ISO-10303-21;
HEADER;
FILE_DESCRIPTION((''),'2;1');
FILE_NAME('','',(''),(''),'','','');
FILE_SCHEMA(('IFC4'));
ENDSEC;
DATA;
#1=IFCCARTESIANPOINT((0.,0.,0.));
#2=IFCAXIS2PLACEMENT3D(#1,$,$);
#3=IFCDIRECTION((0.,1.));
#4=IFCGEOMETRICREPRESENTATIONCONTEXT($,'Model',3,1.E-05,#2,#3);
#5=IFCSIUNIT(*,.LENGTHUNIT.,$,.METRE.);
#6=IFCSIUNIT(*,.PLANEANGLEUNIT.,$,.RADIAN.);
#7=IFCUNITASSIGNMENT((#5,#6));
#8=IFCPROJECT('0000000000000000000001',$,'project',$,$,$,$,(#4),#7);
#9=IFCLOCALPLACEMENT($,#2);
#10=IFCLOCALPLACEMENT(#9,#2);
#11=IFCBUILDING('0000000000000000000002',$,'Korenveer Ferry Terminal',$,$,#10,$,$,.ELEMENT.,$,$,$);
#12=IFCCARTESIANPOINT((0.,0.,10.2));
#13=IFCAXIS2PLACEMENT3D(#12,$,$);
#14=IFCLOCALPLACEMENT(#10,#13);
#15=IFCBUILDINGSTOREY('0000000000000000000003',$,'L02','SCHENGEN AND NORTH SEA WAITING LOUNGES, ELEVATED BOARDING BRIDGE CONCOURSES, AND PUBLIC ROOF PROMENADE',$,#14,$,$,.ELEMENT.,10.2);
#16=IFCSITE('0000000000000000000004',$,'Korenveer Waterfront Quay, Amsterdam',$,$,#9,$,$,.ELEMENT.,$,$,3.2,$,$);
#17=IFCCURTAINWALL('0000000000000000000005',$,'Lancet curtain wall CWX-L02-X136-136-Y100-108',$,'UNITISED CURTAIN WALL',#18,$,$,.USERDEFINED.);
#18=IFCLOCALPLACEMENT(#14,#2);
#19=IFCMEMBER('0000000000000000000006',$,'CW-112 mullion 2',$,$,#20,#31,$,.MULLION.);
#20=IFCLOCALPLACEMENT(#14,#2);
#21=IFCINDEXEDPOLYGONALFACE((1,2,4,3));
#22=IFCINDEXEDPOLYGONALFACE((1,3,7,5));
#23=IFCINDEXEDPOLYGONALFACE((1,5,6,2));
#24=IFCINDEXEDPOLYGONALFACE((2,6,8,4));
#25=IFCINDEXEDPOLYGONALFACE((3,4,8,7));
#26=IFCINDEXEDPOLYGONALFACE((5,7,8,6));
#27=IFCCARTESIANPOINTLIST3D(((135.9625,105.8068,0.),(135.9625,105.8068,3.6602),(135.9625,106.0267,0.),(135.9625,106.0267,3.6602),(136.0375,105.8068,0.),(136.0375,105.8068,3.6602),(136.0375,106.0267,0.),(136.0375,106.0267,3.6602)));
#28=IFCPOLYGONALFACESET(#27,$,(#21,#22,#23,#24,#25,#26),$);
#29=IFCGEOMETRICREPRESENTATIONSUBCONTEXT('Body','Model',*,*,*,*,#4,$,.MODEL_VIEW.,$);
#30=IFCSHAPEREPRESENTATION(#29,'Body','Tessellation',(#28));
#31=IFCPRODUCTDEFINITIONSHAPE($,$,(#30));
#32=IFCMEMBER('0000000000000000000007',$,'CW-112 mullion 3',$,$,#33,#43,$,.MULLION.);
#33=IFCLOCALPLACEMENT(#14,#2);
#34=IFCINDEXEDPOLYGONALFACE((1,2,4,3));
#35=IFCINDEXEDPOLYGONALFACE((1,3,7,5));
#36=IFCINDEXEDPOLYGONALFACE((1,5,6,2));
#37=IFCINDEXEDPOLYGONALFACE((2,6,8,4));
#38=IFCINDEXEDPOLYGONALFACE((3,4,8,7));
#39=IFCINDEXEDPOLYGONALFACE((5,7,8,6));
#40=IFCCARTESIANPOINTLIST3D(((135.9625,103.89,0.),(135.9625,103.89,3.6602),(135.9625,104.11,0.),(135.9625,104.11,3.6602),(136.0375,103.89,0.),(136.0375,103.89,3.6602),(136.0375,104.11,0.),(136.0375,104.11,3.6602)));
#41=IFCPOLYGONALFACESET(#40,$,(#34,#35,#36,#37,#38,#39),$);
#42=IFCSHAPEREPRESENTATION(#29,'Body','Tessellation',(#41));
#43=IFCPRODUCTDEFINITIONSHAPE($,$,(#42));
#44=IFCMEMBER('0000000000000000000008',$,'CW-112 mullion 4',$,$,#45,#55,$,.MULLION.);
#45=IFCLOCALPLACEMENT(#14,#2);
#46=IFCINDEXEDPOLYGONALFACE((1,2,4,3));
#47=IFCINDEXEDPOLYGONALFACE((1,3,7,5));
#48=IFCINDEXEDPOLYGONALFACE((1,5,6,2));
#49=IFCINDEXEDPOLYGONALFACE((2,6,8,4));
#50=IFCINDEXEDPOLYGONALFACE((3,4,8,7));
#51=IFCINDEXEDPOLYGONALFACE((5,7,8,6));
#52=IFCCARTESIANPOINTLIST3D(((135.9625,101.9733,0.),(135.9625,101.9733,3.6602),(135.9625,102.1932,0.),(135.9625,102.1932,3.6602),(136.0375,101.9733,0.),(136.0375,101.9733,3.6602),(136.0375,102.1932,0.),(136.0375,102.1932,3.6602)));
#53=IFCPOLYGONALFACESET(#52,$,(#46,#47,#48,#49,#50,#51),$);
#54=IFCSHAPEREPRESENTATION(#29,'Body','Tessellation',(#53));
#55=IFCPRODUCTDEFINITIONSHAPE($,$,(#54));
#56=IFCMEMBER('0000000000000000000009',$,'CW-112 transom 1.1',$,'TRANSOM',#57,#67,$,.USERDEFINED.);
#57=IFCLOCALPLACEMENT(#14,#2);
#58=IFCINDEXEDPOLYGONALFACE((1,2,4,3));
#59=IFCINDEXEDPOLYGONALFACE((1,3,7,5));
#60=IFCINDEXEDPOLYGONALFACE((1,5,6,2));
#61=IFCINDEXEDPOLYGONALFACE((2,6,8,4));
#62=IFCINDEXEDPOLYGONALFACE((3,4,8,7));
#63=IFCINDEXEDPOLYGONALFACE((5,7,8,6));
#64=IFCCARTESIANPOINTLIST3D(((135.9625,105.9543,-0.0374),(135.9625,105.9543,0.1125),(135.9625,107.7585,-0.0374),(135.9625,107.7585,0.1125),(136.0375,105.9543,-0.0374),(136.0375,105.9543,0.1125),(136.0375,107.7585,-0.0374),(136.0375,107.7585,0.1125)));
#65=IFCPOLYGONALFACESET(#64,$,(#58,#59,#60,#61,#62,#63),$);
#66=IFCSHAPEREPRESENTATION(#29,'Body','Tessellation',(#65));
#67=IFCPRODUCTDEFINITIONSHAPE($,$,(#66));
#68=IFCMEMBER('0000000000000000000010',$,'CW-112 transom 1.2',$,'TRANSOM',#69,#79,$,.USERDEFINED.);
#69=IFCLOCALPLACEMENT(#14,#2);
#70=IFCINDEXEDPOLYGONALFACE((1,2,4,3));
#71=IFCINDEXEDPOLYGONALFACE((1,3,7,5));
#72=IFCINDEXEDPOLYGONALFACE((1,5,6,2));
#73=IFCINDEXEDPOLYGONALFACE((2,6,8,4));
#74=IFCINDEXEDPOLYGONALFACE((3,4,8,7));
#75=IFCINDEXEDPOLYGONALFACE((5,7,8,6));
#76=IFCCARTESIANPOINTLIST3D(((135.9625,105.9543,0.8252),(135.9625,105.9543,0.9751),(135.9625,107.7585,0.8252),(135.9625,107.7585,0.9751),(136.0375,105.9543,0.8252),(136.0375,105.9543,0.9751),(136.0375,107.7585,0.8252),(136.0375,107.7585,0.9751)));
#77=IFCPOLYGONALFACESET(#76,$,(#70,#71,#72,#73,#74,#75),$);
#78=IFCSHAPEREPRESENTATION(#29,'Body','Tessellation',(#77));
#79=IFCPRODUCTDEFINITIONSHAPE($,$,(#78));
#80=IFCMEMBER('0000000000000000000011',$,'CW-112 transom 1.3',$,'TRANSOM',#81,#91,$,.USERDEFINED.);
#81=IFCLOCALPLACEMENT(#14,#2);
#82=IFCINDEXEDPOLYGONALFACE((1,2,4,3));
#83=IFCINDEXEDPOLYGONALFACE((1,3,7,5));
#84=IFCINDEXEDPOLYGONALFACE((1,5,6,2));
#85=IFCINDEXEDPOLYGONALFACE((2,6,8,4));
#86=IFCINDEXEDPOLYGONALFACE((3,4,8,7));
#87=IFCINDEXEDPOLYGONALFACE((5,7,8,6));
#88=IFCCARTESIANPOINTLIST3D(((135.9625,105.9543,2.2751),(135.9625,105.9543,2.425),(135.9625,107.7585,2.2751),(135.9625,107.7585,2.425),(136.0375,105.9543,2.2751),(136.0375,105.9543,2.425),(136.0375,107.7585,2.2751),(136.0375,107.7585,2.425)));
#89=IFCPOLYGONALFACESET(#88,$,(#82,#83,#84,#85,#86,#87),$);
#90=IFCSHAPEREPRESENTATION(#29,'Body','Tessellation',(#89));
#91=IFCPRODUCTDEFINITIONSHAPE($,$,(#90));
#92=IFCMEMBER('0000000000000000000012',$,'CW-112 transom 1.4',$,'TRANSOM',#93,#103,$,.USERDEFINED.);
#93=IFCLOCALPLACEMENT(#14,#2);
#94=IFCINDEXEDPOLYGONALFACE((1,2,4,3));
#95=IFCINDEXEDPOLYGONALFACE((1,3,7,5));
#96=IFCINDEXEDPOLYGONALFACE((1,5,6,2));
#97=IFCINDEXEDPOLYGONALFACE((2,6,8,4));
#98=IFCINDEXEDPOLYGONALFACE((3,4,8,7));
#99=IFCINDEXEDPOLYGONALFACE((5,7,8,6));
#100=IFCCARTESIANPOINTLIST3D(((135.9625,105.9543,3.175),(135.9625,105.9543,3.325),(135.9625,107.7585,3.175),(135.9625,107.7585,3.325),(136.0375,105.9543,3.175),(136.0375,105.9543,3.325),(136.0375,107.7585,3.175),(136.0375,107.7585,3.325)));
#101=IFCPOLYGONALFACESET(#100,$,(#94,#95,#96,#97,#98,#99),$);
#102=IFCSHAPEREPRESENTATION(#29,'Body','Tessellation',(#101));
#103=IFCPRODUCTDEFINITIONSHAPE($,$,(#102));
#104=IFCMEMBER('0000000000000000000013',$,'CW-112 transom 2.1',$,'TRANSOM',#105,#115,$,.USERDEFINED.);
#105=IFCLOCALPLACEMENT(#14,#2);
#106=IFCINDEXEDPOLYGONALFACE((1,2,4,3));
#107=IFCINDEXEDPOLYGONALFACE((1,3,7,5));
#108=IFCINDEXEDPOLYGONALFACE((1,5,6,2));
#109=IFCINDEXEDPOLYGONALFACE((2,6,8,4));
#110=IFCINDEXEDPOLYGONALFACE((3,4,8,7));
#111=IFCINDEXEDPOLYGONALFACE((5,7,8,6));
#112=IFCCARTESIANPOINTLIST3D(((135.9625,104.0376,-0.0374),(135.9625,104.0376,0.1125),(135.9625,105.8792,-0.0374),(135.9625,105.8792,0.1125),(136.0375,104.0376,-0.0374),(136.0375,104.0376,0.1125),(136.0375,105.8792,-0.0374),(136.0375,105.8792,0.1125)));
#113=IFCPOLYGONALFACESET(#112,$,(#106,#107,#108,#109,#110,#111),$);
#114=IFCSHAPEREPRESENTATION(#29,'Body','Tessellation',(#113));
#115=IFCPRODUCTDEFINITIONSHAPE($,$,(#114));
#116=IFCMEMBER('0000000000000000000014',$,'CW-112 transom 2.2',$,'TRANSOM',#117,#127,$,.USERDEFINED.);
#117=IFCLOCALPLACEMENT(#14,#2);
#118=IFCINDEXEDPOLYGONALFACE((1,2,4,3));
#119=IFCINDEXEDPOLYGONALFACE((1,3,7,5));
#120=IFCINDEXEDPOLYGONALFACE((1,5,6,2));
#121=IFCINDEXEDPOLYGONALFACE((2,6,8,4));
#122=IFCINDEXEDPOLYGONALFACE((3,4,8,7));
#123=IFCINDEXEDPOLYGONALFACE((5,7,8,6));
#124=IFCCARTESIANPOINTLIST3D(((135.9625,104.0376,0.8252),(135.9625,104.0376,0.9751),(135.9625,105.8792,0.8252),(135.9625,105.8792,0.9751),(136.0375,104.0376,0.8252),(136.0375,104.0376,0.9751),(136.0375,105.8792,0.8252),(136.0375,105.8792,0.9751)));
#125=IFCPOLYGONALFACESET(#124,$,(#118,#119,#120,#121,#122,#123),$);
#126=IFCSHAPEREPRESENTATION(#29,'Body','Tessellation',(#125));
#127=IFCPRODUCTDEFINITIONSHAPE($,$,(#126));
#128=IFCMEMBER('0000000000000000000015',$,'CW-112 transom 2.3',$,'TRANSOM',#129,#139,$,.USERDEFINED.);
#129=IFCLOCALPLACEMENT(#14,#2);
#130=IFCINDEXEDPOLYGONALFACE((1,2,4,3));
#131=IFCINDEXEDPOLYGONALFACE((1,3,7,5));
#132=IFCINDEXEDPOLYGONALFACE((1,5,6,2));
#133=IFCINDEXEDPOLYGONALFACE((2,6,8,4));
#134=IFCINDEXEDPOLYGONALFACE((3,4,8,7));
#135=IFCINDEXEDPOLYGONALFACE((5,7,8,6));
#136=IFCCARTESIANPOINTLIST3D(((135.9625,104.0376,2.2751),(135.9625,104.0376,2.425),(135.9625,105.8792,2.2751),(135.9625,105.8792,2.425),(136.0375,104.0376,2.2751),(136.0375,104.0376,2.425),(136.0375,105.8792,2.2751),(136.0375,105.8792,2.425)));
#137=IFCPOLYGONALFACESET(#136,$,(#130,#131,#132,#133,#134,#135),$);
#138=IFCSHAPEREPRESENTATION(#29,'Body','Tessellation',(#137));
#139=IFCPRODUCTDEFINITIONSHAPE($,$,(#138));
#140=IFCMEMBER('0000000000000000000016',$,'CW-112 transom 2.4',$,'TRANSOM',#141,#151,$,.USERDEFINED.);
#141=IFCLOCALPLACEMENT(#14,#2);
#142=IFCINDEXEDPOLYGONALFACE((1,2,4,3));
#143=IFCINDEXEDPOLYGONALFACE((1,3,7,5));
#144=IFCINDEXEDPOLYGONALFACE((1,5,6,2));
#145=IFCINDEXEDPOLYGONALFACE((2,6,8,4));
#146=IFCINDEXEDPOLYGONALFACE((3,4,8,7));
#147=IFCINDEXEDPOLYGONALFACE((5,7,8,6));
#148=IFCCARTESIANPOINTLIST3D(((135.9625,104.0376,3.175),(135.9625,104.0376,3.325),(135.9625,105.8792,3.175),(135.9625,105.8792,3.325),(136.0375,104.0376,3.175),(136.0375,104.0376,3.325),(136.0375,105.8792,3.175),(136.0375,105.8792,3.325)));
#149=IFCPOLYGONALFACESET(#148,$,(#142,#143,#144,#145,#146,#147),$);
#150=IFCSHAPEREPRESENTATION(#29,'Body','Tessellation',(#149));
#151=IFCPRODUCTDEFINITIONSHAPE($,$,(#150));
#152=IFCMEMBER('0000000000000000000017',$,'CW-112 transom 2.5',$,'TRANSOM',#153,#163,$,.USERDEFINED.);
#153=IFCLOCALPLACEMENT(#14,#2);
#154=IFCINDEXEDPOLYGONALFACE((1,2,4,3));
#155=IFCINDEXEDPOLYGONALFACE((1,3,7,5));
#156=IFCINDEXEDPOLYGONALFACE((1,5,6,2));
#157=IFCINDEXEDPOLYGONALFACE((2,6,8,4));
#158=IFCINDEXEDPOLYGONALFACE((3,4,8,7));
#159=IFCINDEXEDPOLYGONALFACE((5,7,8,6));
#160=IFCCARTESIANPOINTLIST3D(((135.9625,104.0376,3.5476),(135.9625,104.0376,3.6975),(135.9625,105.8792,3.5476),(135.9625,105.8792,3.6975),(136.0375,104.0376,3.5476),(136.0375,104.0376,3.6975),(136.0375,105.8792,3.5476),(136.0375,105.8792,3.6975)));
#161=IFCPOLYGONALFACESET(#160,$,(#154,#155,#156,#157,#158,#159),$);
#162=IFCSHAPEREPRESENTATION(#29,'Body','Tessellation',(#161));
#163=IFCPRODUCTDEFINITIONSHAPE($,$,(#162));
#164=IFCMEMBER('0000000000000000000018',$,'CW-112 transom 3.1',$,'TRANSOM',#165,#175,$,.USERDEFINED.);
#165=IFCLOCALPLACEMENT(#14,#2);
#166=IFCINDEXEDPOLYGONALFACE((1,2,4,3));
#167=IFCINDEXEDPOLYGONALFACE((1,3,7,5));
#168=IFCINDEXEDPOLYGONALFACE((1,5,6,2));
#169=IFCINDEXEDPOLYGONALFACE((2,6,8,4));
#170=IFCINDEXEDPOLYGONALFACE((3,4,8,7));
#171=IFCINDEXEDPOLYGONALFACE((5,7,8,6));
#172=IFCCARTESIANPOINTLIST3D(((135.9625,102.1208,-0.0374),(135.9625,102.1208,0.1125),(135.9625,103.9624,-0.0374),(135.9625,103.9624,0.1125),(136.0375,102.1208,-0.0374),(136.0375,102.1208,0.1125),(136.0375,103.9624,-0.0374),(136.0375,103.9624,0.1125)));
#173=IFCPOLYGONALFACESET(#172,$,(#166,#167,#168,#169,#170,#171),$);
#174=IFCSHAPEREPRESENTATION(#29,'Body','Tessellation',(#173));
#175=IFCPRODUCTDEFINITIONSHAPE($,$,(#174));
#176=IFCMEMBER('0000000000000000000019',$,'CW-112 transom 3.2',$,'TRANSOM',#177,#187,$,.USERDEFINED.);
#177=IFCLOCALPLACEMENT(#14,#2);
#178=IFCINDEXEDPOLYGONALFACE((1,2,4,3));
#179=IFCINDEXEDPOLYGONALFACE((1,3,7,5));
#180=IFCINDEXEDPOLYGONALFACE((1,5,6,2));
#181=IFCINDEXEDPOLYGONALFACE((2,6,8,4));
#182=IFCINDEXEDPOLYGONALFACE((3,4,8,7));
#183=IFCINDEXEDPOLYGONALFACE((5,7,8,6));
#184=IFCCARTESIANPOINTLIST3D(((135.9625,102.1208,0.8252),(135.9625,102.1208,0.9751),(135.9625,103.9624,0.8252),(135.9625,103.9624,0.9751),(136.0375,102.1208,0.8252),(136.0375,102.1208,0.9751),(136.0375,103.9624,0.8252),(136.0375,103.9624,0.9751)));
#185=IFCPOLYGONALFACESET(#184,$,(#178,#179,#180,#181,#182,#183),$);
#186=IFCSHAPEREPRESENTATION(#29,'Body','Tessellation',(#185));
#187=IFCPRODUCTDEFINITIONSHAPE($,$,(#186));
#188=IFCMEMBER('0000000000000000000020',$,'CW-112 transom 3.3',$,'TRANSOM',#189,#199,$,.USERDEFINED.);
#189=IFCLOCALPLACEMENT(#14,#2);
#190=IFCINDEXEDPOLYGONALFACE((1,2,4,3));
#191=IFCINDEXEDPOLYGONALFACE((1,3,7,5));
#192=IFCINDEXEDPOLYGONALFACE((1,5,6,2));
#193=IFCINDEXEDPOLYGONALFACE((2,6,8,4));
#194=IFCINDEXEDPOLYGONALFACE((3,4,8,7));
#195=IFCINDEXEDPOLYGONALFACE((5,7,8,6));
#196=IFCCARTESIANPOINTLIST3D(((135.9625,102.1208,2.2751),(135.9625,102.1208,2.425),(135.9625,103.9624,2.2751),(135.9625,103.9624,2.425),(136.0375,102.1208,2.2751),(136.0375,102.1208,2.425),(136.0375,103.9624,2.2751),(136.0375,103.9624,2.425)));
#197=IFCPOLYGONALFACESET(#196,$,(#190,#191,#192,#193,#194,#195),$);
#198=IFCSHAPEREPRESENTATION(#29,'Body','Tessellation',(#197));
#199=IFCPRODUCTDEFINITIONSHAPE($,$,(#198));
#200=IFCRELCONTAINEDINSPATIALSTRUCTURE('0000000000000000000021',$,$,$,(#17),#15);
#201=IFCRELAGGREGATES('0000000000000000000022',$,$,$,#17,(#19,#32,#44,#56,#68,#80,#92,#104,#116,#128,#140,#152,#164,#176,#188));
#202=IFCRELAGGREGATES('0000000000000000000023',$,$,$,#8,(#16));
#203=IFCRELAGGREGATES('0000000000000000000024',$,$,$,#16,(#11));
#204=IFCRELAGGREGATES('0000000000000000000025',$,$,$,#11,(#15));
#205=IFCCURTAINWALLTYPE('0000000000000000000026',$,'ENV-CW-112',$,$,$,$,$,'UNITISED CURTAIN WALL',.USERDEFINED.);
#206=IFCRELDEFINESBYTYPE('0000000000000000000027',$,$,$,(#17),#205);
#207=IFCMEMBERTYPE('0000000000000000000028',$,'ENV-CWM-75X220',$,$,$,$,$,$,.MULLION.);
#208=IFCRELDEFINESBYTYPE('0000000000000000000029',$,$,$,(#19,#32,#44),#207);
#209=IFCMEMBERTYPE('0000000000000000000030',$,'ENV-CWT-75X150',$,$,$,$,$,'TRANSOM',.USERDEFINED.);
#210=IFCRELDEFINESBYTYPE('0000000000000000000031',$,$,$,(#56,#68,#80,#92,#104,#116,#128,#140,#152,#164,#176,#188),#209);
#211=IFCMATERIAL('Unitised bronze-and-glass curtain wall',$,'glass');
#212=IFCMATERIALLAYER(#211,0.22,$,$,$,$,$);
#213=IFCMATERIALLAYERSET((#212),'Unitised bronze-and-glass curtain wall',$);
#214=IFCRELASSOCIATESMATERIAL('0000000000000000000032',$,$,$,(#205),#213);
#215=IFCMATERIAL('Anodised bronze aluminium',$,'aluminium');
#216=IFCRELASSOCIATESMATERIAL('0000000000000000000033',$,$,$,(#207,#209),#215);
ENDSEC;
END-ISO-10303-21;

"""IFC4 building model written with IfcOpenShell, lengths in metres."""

from ifc_helpers import new_model, si_unit, direction, frame, origin, origin_2d, place, context, subcontext, project, spatial, rectangle, extrude, material, layer, layer_set, material_profile, profile_set, type_object, element, aggregate, save


model = new_model("IFC4")

# Units and contexts
model_context = context("Model", 3, precision=1e-05, world=origin(), true_north=direction((0.0, 1.0)))
body_context = subcontext(model_context, "Body", "Model", "MODEL_VIEW")
ifc_project = project(units=[si_unit("LENGTHUNIT", "METRE"), si_unit("PLANEANGLEUNIT", "RADIAN")], contexts=[model_context])

# Site, building, storey
site_placement = place(None, origin())
site = spatial("IfcSite", under=ifc_project, at=site_placement, Name="Korenveer Waterfront Quay, Amsterdam", CompositionType="ELEMENT", RefElevation=3.2)
building_placement = place(site_placement, origin())
building = spatial("IfcBuilding", under=site, at=building_placement, Name="Korenveer Ferry Terminal", CompositionType="ELEMENT")
storey_placement = place(building_placement, frame((0.0, 0.0, 10.2)))
storey = spatial("IfcBuildingStorey", under=building, at=storey_placement, Name="L02", Description="SCHENGEN AND NORTH SEA WAITING LOUNGES, ELEVATED BOARDING BRIDGE CONCOURSES, AND PUBLIC ROOF PROMENADE", CompositionType="ELEMENT", Elevation=10.2)

# Curtain wall, members
ifc_material_1 = material(Name="Unitised bronze-and-glass curtain wall", Category="glass")
ifc_layer_1 = layer(ifc_material_1, 0.22)
ifc_layer_set_1 = layer_set([ifc_layer_1], Name="Unitised bronze-and-glass curtain wall")
curtain_wall_type = type_object("IfcCurtainWallType", Name="ENV-CW-112", ElementType="UNITISED CURTAIN WALL", PredefinedType="USERDEFINED", material=ifc_layer_set_1)
curtain_wall_placement = place(storey_placement, frame((136.0, 107.8335, 0.0)))
curtain_wall = element("IfcCurtainWall", 1, at=curtain_wall_placement, inside=storey, type_object=curtain_wall_type, Name="Lancet curtain wall CWX-L02-X136-136-Y100-108", ObjectType="UNITISED CURTAIN WALL", PredefinedType="USERDEFINED")
ifc_material_2 = material(Name="Anodised bronze aluminium", Category="aluminium")
ifc_material_profile_1 = material_profile(ifc_material_2, rectangle(XDim=0.075, YDim=0.22, at=origin_2d()), Name="ALU 75x220")
ifc_profile_set_1 = profile_set([ifc_material_profile_1], Name="Anodised bronze aluminium")
member_type_1 = type_object("IfcMemberType", Name="ENV-CWM-75X220", PredefinedType="MULLION", material=ifc_profile_set_1)
member_1_placement = place(storey_placement, frame((136.0, 105.9167, 0.0), z_axis=(0.0, 0.0, 1.0), x_axis=(1.0, 0.0, 0.0)))
member_1 = element("IfcMember", 2, at=member_1_placement, type_object=member_type_1, Name="CW-112 mullion 2", PredefinedType="MULLION", context=body_context, shape_type="SweptSolid", body=[
    extrude(rectangle(XDim=0.075, YDim=0.22, at=origin_2d()), origin(), (0.0, 0.0, 1.0), 3.6602),
])
member_2_placement = place(storey_placement, frame((136.0, 104.0, 0.0), z_axis=(0.0, 0.0, 1.0), x_axis=(1.0, 0.0, 0.0)))
member_2 = element("IfcMember", 3, at=member_2_placement, type_object=member_type_1, Name="CW-112 mullion 3", PredefinedType="MULLION", context=body_context, shape_type="SweptSolid", body=[
    extrude(rectangle(XDim=0.075, YDim=0.22, at=origin_2d()), origin(), (0.0, 0.0, 1.0), 3.6602),
])
member_3_placement = place(storey_placement, frame((136.0, 102.0833, 0.0), z_axis=(0.0, 0.0, 1.0), x_axis=(1.0, 0.0, 0.0)))
member_3 = element("IfcMember", 4, at=member_3_placement, type_object=member_type_1, Name="CW-112 mullion 4", PredefinedType="MULLION", context=body_context, shape_type="SweptSolid", body=[
    extrude(rectangle(XDim=0.075, YDim=0.22, at=origin_2d()), origin(), (0.0, 0.0, 1.0), 3.6602),
])
ifc_material_profile_2 = material_profile(ifc_material_2, rectangle(XDim=0.075, YDim=0.1499, at=origin_2d()), Name="ALU 75x150")
ifc_profile_set_2 = profile_set([ifc_material_profile_2], Name="Anodised bronze aluminium")
member_type_2 = type_object("IfcMemberType", Name="ENV-CWT-75X150", ElementType="TRANSOM", PredefinedType="USERDEFINED", material=ifc_profile_set_2)
member_4_placement = place(storey_placement, frame((136.0, 107.7585, 0.0376), z_axis=(0.0, -1.0, 0.0), x_axis=(1.0, 0.0, 0.0)))
member_4 = element("IfcMember", 5, at=member_4_placement, type_object=member_type_2, Name="CW-112 transom 1.1", ObjectType="TRANSOM", PredefinedType="USERDEFINED", context=body_context, shape_type="SweptSolid", body=[
    extrude(rectangle(XDim=0.075, YDim=0.1499, at=origin_2d()), origin(), (0.0, 0.0, 1.0), 1.8042),
])
member_5_placement = place(storey_placement, frame((136.0, 107.7585, 0.9001), z_axis=(0.0, -1.0, 0.0), x_axis=(1.0, 0.0, 0.0)))
member_5 = element("IfcMember", 6, at=member_5_placement, type_object=member_type_2, Name="CW-112 transom 1.2", ObjectType="TRANSOM", PredefinedType="USERDEFINED", context=body_context, shape_type="SweptSolid", body=[
    extrude(rectangle(XDim=0.075, YDim=0.1499, at=origin_2d()), origin(), (0.0, 0.0, 1.0), 1.8042),
])
member_6_placement = place(storey_placement, frame((136.0, 107.7585, 2.3501), z_axis=(0.0, -1.0, 0.0), x_axis=(1.0, 0.0, 0.0)))
member_6 = element("IfcMember", 7, at=member_6_placement, type_object=member_type_2, Name="CW-112 transom 1.3", ObjectType="TRANSOM", PredefinedType="USERDEFINED", context=body_context, shape_type="SweptSolid", body=[
    extrude(rectangle(XDim=0.075, YDim=0.1499, at=origin_2d()), origin(), (0.0, 0.0, 1.0), 1.8042),
])
member_7_placement = place(storey_placement, frame((136.0, 107.7585, 3.25), z_axis=(0.0, -1.0, 0.0), x_axis=(1.0, 0.0, 0.0)))
member_7 = element("IfcMember", 8, at=member_7_placement, type_object=member_type_2, Name="CW-112 transom 1.4", ObjectType="TRANSOM", PredefinedType="USERDEFINED", context=body_context, shape_type="SweptSolid", body=[
    extrude(rectangle(XDim=0.075, YDim=0.1499, at=origin_2d()), origin(), (0.0, 0.0, 1.0), 1.8042),
])
member_8_placement = place(storey_placement, frame((136.0, 105.8792, 0.0376), z_axis=(0.0, -1.0, 0.0), x_axis=(1.0, 0.0, 0.0)))
member_8 = element("IfcMember", 9, at=member_8_placement, type_object=member_type_2, Name="CW-112 transom 2.1", ObjectType="TRANSOM", PredefinedType="USERDEFINED", context=body_context, shape_type="SweptSolid", body=[
    extrude(rectangle(XDim=0.075, YDim=0.1499, at=origin_2d()), origin(), (0.0, 0.0, 1.0), 1.8416),
])
member_9_placement = place(storey_placement, frame((136.0, 105.8792, 0.9001), z_axis=(0.0, -1.0, 0.0), x_axis=(1.0, 0.0, 0.0)))
member_9 = element("IfcMember", 10, at=member_9_placement, type_object=member_type_2, Name="CW-112 transom 2.2", ObjectType="TRANSOM", PredefinedType="USERDEFINED", context=body_context, shape_type="SweptSolid", body=[
    extrude(rectangle(XDim=0.075, YDim=0.1499, at=origin_2d()), origin(), (0.0, 0.0, 1.0), 1.8416),
])
member_10_placement = place(storey_placement, frame((136.0, 105.8792, 2.3501), z_axis=(0.0, -1.0, 0.0), x_axis=(1.0, 0.0, 0.0)))
member_10 = element("IfcMember", 11, at=member_10_placement, type_object=member_type_2, Name="CW-112 transom 2.3", ObjectType="TRANSOM", PredefinedType="USERDEFINED", context=body_context, shape_type="SweptSolid", body=[
    extrude(rectangle(XDim=0.075, YDim=0.1499, at=origin_2d()), origin(), (0.0, 0.0, 1.0), 1.8416),
])
member_11_placement = place(storey_placement, frame((136.0, 105.8792, 3.25), z_axis=(0.0, -1.0, 0.0), x_axis=(1.0, 0.0, 0.0)))
member_11 = element("IfcMember", 12, at=member_11_placement, type_object=member_type_2, Name="CW-112 transom 2.4", ObjectType="TRANSOM", PredefinedType="USERDEFINED", context=body_context, shape_type="SweptSolid", body=[
    extrude(rectangle(XDim=0.075, YDim=0.1499, at=origin_2d()), origin(), (0.0, 0.0, 1.0), 1.8416),
])
member_12_placement = place(storey_placement, frame((136.0, 105.8792, 3.6226), z_axis=(0.0, -1.0, 0.0), x_axis=(1.0, 0.0, 0.0)))
member_12 = element("IfcMember", 13, at=member_12_placement, type_object=member_type_2, Name="CW-112 transom 2.5", ObjectType="TRANSOM", PredefinedType="USERDEFINED", context=body_context, shape_type="SweptSolid", body=[
    extrude(rectangle(XDim=0.075, YDim=0.1499, at=origin_2d()), origin(), (0.0, 0.0, 1.0), 1.8416),
])
member_13_placement = place(storey_placement, frame((136.0, 103.9624, 0.0376), z_axis=(0.0, -1.0, 0.0), x_axis=(1.0, 0.0, 0.0)))
member_13 = element("IfcMember", 14, at=member_13_placement, type_object=member_type_2, Name="CW-112 transom 3.1", ObjectType="TRANSOM", PredefinedType="USERDEFINED", context=body_context, shape_type="SweptSolid", body=[
    extrude(rectangle(XDim=0.075, YDim=0.1499, at=origin_2d()), origin(), (0.0, 0.0, 1.0), 1.8416),
])
member_14_placement = place(storey_placement, frame((136.0, 103.9624, 0.9001), z_axis=(0.0, -1.0, 0.0), x_axis=(1.0, 0.0, 0.0)))
member_14 = element("IfcMember", 15, at=member_14_placement, type_object=member_type_2, Name="CW-112 transom 3.2", ObjectType="TRANSOM", PredefinedType="USERDEFINED", context=body_context, shape_type="SweptSolid", body=[
    extrude(rectangle(XDim=0.075, YDim=0.1499, at=origin_2d()), origin(), (0.0, 0.0, 1.0), 1.8416),
])
member_15_placement = place(storey_placement, frame((136.0, 103.9624, 2.3501), z_axis=(0.0, -1.0, 0.0), x_axis=(1.0, 0.0, 0.0)))
member_15 = element("IfcMember", 16, at=member_15_placement, type_object=member_type_2, Name="CW-112 transom 3.3", ObjectType="TRANSOM", PredefinedType="USERDEFINED", context=body_context, shape_type="SweptSolid", body=[
    extrude(rectangle(XDim=0.075, YDim=0.1499, at=origin_2d()), origin(), (0.0, 0.0, 1.0), 1.8416),
])
aggregate(curtain_wall, [member_1, member_2, member_3, member_4, member_5, member_6, member_7, member_8, member_9, member_10, member_11, member_12, member_13, member_14, member_15])

save(model, "model.ifc")
